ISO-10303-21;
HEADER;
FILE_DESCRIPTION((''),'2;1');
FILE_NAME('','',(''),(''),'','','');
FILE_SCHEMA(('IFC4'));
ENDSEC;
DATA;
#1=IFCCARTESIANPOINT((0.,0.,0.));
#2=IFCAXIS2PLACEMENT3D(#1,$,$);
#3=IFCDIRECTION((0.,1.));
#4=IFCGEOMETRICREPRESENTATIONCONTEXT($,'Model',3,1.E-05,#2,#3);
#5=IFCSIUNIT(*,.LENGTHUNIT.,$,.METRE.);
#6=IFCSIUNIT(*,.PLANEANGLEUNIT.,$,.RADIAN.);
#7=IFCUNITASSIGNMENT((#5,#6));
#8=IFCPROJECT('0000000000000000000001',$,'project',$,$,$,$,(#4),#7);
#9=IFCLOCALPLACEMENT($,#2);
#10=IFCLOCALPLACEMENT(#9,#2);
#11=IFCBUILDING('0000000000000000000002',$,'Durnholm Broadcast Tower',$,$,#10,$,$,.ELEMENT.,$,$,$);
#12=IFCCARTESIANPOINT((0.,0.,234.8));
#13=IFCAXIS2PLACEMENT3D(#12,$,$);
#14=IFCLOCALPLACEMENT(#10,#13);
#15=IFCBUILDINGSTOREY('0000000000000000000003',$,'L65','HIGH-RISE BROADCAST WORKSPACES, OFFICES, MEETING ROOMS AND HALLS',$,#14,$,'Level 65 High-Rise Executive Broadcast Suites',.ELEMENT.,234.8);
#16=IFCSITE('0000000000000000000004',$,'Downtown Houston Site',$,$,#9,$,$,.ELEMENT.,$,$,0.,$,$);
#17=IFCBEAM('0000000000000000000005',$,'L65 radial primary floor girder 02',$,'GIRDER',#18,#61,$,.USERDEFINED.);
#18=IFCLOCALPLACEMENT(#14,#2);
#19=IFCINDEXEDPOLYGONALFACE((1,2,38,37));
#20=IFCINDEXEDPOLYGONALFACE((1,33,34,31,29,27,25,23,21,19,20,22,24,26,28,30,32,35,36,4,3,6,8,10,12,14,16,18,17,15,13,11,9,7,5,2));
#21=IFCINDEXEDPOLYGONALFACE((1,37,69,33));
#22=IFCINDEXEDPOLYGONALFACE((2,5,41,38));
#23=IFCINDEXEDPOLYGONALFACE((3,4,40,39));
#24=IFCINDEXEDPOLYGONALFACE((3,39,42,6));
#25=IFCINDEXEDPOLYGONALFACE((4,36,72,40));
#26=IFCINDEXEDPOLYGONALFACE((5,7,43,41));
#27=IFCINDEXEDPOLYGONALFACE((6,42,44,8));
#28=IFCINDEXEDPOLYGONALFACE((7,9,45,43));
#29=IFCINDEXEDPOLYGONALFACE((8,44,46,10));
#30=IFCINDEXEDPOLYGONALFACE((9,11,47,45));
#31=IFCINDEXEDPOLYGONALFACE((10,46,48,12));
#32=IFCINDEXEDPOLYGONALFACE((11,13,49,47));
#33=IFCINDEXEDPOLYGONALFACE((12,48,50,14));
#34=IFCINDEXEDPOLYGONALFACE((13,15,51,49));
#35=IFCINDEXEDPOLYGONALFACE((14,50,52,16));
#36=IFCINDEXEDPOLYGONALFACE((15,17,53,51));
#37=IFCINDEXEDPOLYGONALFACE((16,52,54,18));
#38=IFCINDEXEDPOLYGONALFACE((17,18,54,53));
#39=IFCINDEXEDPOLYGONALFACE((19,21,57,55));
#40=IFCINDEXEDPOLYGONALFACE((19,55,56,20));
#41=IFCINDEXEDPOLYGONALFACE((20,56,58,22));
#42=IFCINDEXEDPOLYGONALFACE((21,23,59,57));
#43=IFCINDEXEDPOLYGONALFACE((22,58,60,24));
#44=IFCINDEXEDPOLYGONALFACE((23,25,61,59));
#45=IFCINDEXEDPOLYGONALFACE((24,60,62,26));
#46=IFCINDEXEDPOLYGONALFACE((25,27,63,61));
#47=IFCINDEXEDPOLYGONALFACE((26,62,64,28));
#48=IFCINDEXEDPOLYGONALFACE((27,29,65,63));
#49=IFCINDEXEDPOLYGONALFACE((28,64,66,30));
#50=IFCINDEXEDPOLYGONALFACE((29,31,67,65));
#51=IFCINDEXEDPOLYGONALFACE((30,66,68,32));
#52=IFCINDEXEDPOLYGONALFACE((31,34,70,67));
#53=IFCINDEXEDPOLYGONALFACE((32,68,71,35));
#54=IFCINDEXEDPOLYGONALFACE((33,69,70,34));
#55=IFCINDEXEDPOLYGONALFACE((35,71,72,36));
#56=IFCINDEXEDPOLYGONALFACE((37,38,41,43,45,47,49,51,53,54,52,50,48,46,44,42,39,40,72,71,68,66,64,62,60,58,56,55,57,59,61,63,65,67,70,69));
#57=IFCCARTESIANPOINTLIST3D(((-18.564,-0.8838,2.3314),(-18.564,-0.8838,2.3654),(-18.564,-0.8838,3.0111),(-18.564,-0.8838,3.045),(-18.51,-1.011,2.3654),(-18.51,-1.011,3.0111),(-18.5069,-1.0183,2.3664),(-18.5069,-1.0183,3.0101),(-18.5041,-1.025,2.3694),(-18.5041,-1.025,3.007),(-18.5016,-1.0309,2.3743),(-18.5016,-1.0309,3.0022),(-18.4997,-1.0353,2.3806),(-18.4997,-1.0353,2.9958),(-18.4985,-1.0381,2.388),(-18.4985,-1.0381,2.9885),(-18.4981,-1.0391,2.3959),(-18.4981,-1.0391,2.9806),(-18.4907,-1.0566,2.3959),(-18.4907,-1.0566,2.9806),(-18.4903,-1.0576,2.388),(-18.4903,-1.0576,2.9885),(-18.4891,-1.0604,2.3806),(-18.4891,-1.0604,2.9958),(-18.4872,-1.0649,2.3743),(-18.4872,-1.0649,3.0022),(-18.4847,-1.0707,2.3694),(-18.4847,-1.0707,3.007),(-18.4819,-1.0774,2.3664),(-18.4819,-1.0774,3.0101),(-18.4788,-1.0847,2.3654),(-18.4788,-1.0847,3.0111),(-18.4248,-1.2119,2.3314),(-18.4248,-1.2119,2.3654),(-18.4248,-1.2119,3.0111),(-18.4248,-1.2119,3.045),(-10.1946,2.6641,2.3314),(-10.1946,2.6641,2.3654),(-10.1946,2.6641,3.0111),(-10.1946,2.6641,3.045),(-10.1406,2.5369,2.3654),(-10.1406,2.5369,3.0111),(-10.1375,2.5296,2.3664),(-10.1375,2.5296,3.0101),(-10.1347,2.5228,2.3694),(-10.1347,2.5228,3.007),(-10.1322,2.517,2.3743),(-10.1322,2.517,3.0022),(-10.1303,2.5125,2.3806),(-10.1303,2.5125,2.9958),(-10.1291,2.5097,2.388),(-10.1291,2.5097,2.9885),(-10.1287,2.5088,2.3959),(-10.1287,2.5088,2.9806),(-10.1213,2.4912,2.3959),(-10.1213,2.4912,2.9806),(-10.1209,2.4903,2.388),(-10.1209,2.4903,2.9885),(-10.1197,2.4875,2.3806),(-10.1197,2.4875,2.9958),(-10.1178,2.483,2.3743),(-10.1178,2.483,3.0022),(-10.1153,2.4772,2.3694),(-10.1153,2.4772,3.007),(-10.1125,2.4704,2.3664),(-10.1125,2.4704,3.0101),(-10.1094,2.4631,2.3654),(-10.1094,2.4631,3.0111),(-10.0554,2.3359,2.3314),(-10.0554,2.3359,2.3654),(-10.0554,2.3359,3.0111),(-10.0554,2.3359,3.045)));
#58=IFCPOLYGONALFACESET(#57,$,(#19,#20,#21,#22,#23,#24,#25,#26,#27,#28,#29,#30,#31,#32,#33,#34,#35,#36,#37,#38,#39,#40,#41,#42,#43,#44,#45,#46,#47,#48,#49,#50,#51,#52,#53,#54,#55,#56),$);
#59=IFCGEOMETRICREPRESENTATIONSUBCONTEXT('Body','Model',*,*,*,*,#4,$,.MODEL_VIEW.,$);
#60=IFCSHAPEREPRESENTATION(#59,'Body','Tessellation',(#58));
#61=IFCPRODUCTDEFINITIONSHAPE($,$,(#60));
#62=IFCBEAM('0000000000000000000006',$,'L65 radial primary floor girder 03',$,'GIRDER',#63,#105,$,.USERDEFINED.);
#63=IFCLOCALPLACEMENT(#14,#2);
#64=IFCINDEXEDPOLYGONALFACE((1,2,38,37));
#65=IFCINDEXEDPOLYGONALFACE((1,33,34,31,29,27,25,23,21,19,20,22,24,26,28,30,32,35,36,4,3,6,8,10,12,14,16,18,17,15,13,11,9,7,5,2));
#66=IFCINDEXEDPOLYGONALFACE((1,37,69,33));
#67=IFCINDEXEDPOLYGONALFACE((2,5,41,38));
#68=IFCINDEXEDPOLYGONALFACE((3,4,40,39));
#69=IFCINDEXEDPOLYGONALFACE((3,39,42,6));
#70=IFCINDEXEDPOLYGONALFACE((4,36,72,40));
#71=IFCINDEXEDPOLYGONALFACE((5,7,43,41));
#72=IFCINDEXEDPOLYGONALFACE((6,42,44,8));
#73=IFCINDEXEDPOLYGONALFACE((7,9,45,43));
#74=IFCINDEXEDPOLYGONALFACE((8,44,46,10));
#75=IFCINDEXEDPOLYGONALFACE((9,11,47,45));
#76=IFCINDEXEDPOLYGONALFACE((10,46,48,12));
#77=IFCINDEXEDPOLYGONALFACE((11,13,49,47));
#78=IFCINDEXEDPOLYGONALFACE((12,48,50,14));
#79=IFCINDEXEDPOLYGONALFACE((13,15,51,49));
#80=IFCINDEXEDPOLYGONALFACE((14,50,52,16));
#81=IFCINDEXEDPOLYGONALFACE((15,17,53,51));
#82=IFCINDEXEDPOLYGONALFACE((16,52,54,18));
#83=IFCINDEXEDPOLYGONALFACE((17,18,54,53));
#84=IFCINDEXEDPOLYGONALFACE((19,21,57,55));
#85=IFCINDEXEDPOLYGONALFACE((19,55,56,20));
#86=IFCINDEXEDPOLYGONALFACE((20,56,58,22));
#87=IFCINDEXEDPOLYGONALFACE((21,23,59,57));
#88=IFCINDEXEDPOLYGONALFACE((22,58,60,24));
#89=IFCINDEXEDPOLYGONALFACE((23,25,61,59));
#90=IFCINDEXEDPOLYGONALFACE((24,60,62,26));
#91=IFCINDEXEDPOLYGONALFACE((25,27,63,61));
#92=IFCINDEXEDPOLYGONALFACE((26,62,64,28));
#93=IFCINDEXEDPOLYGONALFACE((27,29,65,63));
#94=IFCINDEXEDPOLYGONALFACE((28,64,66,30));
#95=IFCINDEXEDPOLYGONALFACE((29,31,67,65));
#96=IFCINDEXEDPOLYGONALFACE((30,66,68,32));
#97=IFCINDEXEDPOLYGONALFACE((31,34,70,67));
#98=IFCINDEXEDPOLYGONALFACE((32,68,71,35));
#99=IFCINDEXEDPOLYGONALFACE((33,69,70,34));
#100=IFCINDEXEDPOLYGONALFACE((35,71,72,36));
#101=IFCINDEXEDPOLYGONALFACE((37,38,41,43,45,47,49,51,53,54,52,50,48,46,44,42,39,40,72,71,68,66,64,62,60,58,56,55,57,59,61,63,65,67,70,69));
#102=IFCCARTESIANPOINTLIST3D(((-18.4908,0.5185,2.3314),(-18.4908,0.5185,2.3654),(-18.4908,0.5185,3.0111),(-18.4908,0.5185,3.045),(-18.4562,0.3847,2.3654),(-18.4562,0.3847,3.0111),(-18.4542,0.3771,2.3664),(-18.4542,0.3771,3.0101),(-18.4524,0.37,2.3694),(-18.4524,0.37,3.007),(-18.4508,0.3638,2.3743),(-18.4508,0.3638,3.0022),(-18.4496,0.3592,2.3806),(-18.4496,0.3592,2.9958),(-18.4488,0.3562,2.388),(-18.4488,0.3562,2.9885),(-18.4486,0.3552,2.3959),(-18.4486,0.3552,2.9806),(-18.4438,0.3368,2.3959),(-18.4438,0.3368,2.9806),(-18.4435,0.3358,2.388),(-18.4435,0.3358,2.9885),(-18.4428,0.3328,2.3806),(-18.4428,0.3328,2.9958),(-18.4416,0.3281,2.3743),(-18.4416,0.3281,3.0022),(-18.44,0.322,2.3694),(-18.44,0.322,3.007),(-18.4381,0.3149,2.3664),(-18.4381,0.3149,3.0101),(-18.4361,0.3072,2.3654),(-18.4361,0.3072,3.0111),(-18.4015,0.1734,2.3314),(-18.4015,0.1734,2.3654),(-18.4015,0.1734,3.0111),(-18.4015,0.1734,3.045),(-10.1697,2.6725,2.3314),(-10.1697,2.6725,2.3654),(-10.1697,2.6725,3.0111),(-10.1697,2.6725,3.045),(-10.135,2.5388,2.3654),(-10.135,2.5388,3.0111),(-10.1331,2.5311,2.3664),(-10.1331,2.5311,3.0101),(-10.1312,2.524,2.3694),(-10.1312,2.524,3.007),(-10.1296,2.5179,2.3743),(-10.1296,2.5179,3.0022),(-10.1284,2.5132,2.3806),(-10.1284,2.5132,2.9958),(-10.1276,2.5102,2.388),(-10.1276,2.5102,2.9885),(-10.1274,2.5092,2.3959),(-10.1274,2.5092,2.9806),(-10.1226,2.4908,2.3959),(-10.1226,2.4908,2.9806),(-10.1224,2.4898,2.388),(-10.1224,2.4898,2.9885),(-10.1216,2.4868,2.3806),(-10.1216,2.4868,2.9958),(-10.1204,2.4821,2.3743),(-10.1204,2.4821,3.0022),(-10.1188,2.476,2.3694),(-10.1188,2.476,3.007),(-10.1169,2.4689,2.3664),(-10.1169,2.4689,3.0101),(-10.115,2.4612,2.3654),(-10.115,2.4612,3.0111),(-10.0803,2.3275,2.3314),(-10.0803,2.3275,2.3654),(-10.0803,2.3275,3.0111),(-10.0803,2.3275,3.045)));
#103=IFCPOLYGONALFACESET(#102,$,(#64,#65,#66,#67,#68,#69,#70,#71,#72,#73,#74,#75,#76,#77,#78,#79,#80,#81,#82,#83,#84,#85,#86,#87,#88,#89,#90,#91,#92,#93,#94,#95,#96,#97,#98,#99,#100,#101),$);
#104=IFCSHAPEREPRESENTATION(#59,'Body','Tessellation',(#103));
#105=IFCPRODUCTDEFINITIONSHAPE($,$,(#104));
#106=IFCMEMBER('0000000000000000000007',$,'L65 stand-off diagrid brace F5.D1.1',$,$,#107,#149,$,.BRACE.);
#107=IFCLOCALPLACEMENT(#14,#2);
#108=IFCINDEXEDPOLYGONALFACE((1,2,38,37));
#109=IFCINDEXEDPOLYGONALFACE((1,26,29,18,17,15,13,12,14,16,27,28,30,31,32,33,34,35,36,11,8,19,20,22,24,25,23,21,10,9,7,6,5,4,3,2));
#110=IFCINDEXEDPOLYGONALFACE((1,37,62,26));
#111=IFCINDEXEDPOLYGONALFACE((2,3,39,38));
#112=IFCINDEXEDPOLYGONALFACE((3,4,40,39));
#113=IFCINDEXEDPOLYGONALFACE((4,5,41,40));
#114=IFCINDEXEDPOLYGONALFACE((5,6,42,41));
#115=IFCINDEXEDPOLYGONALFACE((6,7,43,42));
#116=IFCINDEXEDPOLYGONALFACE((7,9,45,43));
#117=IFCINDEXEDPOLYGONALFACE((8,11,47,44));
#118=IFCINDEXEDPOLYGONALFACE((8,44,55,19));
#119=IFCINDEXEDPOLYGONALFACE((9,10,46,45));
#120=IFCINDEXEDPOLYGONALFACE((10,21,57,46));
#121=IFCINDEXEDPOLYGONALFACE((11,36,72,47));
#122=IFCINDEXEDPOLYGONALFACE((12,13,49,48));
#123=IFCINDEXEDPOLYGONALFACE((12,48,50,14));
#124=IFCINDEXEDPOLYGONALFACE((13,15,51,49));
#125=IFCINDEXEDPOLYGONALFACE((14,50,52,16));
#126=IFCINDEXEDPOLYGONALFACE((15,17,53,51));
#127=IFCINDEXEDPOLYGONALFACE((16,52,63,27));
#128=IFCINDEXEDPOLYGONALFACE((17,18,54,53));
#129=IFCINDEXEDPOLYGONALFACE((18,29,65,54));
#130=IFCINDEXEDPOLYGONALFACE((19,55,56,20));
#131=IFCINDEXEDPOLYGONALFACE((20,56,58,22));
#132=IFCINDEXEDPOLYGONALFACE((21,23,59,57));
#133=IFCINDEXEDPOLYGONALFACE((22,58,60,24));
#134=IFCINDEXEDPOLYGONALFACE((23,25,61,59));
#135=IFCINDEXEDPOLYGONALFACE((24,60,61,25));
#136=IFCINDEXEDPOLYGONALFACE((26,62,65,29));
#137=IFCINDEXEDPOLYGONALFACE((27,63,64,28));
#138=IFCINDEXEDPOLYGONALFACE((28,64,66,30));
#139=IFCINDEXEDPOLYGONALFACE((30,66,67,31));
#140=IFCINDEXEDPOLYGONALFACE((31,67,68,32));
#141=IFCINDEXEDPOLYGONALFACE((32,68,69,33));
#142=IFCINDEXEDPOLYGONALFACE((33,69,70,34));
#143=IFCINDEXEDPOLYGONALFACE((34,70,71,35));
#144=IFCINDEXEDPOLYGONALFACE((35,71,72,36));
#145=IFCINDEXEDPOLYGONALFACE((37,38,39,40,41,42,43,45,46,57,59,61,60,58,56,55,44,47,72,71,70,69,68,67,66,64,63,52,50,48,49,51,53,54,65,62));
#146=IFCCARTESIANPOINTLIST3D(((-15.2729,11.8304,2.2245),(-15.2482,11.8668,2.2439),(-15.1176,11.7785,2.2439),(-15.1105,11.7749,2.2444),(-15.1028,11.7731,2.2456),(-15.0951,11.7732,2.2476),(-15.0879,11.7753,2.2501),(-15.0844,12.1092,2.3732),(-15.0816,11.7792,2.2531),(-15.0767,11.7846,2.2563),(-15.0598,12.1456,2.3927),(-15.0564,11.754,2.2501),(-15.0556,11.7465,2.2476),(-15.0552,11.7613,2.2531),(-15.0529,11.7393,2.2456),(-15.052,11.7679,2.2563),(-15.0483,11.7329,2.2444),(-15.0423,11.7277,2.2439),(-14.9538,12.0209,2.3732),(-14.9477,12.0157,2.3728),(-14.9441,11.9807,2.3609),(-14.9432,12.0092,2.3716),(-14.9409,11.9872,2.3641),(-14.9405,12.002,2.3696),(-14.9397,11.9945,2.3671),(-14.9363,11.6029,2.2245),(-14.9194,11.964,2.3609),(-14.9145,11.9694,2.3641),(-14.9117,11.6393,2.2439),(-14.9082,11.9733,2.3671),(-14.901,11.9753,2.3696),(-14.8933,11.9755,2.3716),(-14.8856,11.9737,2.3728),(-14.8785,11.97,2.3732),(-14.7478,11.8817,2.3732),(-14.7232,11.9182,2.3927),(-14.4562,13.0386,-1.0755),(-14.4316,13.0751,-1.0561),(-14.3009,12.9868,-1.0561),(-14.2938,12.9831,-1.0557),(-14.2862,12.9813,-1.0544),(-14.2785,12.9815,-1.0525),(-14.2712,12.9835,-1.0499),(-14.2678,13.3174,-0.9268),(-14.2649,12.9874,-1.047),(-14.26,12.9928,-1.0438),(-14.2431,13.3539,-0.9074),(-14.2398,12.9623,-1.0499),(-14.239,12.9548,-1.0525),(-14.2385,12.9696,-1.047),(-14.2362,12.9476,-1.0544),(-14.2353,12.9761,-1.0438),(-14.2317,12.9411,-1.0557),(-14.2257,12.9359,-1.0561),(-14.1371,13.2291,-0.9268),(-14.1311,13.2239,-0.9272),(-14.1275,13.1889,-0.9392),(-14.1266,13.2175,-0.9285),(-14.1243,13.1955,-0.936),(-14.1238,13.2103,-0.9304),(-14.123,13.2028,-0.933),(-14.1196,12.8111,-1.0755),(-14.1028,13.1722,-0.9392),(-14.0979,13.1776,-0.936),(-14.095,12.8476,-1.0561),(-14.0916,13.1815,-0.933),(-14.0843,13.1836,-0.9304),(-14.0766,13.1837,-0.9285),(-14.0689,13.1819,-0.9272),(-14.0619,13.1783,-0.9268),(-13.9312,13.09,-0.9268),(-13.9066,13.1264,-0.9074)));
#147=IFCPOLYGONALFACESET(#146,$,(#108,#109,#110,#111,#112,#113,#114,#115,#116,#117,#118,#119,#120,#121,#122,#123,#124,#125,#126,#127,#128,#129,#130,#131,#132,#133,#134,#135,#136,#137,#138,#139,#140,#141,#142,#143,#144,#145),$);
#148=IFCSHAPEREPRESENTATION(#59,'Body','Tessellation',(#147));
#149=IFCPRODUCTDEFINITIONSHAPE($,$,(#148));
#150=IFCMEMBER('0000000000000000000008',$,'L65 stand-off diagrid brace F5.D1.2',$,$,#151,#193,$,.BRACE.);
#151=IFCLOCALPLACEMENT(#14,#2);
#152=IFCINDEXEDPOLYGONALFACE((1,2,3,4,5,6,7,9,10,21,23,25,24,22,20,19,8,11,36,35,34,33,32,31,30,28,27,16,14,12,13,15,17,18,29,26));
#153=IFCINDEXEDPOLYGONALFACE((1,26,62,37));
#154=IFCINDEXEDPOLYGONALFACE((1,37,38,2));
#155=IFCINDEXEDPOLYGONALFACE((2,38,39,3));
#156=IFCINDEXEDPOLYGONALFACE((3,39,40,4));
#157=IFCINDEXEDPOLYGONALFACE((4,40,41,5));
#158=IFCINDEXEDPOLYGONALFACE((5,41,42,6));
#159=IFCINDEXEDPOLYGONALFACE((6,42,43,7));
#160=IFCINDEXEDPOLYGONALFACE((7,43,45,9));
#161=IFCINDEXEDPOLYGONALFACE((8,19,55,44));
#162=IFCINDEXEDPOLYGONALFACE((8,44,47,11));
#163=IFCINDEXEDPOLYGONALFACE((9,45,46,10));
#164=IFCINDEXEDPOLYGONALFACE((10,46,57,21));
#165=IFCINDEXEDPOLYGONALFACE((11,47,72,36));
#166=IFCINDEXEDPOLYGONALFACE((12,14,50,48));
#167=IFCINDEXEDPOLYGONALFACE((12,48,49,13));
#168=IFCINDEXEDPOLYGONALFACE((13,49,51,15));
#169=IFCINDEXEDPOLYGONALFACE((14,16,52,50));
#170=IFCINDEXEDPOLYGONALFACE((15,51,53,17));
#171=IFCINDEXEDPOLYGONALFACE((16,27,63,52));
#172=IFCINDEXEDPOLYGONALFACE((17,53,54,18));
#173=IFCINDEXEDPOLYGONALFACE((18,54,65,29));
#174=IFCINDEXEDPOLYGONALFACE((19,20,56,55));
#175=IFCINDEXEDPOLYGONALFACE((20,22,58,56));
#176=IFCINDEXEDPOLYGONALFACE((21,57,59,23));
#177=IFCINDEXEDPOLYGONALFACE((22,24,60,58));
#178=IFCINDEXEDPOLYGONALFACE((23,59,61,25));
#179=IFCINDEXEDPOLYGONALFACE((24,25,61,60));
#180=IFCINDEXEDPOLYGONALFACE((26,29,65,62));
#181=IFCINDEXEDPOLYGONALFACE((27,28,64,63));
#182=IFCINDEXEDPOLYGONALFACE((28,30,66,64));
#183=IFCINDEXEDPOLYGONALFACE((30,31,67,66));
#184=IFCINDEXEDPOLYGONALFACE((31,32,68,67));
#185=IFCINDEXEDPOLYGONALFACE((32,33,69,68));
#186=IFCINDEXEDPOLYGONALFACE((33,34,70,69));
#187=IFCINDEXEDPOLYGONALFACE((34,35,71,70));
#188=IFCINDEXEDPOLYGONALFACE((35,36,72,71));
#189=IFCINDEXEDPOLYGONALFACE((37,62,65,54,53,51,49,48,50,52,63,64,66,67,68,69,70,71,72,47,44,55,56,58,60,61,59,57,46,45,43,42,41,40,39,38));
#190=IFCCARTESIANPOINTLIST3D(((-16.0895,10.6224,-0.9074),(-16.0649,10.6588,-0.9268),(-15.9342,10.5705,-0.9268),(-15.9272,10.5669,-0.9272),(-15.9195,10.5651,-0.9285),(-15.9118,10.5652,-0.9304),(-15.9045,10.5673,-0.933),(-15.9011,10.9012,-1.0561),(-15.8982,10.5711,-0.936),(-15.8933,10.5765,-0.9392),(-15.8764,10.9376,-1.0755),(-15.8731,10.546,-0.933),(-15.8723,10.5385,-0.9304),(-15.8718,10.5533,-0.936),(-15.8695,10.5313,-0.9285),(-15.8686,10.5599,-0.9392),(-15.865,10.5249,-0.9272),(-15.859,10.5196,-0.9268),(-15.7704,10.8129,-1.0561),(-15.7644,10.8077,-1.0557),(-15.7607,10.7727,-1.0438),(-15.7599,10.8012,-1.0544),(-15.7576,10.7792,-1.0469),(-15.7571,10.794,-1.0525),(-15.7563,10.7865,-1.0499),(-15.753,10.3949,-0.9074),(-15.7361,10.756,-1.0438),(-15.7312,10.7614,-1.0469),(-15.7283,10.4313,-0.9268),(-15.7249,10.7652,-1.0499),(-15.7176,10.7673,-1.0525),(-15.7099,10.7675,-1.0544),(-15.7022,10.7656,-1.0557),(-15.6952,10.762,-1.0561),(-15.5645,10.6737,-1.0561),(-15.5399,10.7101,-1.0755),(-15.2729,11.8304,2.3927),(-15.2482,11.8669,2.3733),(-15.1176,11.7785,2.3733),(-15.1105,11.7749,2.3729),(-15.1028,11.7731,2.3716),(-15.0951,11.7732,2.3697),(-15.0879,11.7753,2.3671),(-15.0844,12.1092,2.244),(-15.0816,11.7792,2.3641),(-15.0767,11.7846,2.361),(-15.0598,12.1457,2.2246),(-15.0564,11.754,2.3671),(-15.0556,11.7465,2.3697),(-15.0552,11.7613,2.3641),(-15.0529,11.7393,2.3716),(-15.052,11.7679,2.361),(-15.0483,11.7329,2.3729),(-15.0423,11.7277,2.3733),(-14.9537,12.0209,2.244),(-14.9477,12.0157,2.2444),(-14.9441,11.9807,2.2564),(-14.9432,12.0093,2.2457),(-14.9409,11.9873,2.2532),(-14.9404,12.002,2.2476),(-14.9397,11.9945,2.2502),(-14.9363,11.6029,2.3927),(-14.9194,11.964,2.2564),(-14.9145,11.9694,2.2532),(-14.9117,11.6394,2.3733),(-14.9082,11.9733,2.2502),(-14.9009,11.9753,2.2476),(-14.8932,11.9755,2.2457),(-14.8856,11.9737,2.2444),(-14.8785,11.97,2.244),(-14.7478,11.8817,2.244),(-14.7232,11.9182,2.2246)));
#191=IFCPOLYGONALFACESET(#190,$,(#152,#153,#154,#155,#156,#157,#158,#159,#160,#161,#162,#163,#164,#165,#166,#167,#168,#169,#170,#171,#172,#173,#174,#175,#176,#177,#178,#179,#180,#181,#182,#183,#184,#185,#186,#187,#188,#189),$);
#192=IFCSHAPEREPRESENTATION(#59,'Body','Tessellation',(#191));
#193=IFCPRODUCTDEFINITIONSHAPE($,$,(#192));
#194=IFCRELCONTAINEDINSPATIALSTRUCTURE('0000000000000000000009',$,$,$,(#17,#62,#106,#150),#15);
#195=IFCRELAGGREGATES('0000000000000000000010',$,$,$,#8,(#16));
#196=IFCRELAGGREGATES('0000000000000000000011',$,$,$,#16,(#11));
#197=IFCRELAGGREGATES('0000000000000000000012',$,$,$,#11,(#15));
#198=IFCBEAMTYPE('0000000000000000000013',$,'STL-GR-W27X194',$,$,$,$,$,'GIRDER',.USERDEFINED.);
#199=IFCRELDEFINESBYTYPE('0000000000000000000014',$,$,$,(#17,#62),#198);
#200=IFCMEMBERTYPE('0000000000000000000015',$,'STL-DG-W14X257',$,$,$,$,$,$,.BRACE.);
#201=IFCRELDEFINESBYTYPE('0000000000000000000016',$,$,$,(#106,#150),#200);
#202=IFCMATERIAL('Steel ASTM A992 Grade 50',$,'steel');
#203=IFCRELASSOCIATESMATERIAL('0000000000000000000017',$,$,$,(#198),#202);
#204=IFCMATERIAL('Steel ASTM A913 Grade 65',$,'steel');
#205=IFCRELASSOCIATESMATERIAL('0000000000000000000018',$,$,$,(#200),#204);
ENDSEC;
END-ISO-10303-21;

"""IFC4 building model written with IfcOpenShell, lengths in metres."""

from ifc_helpers import new_model, si_unit, direction, frame, origin, origin_2d, place, context, subcontext, project, spatial, i_section, extrude, source, transform, mapped, material, material_profile, profile_set, type_object, type_shapes, element, save


model = new_model("IFC4")

# Units and contexts
model_context = context("Model", 3, precision=1e-05, world=origin(), true_north=direction((0.0, 1.0)))
body_context = subcontext(model_context, "Body", "Model", "MODEL_VIEW")
ifc_project = project(units=[si_unit("LENGTHUNIT", "METRE"), si_unit("PLANEANGLEUNIT", "RADIAN")], contexts=[model_context])

# Site, building, storey
site_placement = place(None, origin())
site = spatial("IfcSite", under=ifc_project, at=site_placement, Name="Downtown Houston Site", CompositionType="ELEMENT", RefElevation=0.0)
building_placement = place(site_placement, origin())
building = spatial("IfcBuilding", under=site, at=building_placement, Name="Durnholm Broadcast Tower", CompositionType="ELEMENT")
storey_placement = place(building_placement, frame((0.0, 0.0, 234.8)))
storey = spatial("IfcBuildingStorey", under=building, at=storey_placement, Name="L65", Description="HIGH-RISE BROADCAST WORKSPACES, OFFICES, MEETING ROOMS AND HALLS", LongName="Level 65 High-Rise Executive Broadcast Suites", CompositionType="ELEMENT", Elevation=234.8)

# Beams
ifc_material_1 = material(Name="Steel ASTM A992 Grade 50", Category="steel")
ifc_material_profile_1 = material_profile(ifc_material_1, i_section(OverallWidth=0.3564, OverallDepth=0.7136, WebThickness=0.019, FlangeThickness=0.0339, FilletRadius=0.0305, at=origin_2d()), Name="W27X194")
ifc_profile_set_1 = profile_set([ifc_material_profile_1], Name="Steel ASTM A992 Grade 50")
beam_type_1 = type_object("IfcBeamType", Name="STL-GR-W27X194", ElementType="GIRDER", PredefinedType="USERDEFINED", material=ifc_profile_set_1)
shared_shape_1 = source(origin(), body_context, "Body", "SweptSolid", [
    extrude(i_section(OverallWidth=0.3564, OverallDepth=0.7136, WebThickness=0.019, FlangeThickness=0.0339, FilletRadius=0.0305, at=origin_2d()), origin(), (0.0, 0.0, 1.0), 9.0903),
])
beam_1_placement = place(storey_placement, frame((-10.125, 2.5, 2.6882), z_axis=(-0.920692, -0.390289, 0.0), x_axis=(0.390289, -0.920692, 0.0)))
element("IfcBeam", 1, at=beam_1_placement, inside=storey, type_object=beam_type_1, Name="L65 radial primary floor girder 02", ObjectType="GIRDER", PredefinedType="USERDEFINED", context=body_context, shape_type="MappedRepresentation", body=[
    mapped(shared_shape_1, transform((0.0, 0.0, 0.0), x_axis=(1.0, 0.0, 0.0), y_axis=(0.0, 1.0, 0.0), z_axis=(0.0, 0.0, 1.0), scale=1.0)),
])
shared_shape_2 = source(origin(), body_context, "Body", "SweptSolid", [
    extrude(i_section(OverallWidth=0.3564, OverallDepth=0.7136, WebThickness=0.019, FlangeThickness=0.0339, FilletRadius=0.0305, at=origin_2d()), origin(), (0.0, 0.0, 1.0), 8.5955),
])
beam_2_placement = place(storey_placement, frame((-10.125, 2.5, 2.6882), z_axis=(-0.968091, -0.2506, 0.0), x_axis=(0.2506, -0.968091, 0.0)))
element("IfcBeam", 2, at=beam_2_placement, inside=storey, type_object=beam_type_1, Name="L65 radial primary floor girder 03", ObjectType="GIRDER", PredefinedType="USERDEFINED", context=body_context, shape_type="MappedRepresentation", body=[
    mapped(shared_shape_2, transform((0.0, 0.0, 0.0), x_axis=(1.0, 0.0, 0.0), y_axis=(0.0, 1.0, 0.0), z_axis=(0.0, 0.0, 1.0), scale=1.0)),
])

# Members
ifc_material_2 = material(Name="Steel ASTM A913 Grade 65", Category="steel")
ifc_material_profile_2 = material_profile(ifc_material_2, i_section(OverallWidth=0.4062, OverallDepth=0.416, WebThickness=0.0298, FlangeThickness=0.0481, FilletRadius=0.0305, at=origin_2d()), Name="W14X257")
ifc_profile_set_2 = profile_set([ifc_material_profile_2], Name="Steel ASTM A913 Grade 65")
member_type_1 = type_object("IfcMemberType", Name="STL-DG-W14X257", PredefinedType="BRACE", material=ifc_profile_set_2)
shared_shape_3 = source(origin(), body_context, "Body", "SweptSolid", [
    extrude(i_section(OverallWidth=0.4062, OverallDepth=0.416, WebThickness=0.0298, FlangeThickness=0.0481, FilletRadius=0.0305, at=origin_2d()), origin(), (0.0, 0.0, 1.0), 3.6079),
])
type_shapes(member_type_1, [shared_shape_3])
for number, where, z_axis, x_axis, name in (
    (3, (-14.1814, 13.0825, -0.9915), (-0.226349, -0.334888, 0.914667), (0.828505, -0.559982, 0.0), "L65 stand-off diagrid brace F5.D1.1"),
    (4, (-15.8147, 10.6663, -0.9915), (0.226354, 0.334828, 0.914688), (-0.828452, 0.560059, 0.0), "L65 stand-off diagrid brace F5.D1.2"),
):
    element("IfcMember", number, at=place(storey_placement, frame(where, z_axis=z_axis, x_axis=x_axis)), inside=storey, type_object=member_type_1, Name=name, PredefinedType="BRACE", context=body_context, shape_type="MappedRepresentation", body=[
        mapped(shared_shape_3, transform((0.0, 0.0, 0.0), x_axis=(1.0, 0.0, 0.0), y_axis=(0.0, 1.0, 0.0), z_axis=(0.0, 0.0, 1.0), scale=1.0)),
    ])

save(model, "model.ifc")
